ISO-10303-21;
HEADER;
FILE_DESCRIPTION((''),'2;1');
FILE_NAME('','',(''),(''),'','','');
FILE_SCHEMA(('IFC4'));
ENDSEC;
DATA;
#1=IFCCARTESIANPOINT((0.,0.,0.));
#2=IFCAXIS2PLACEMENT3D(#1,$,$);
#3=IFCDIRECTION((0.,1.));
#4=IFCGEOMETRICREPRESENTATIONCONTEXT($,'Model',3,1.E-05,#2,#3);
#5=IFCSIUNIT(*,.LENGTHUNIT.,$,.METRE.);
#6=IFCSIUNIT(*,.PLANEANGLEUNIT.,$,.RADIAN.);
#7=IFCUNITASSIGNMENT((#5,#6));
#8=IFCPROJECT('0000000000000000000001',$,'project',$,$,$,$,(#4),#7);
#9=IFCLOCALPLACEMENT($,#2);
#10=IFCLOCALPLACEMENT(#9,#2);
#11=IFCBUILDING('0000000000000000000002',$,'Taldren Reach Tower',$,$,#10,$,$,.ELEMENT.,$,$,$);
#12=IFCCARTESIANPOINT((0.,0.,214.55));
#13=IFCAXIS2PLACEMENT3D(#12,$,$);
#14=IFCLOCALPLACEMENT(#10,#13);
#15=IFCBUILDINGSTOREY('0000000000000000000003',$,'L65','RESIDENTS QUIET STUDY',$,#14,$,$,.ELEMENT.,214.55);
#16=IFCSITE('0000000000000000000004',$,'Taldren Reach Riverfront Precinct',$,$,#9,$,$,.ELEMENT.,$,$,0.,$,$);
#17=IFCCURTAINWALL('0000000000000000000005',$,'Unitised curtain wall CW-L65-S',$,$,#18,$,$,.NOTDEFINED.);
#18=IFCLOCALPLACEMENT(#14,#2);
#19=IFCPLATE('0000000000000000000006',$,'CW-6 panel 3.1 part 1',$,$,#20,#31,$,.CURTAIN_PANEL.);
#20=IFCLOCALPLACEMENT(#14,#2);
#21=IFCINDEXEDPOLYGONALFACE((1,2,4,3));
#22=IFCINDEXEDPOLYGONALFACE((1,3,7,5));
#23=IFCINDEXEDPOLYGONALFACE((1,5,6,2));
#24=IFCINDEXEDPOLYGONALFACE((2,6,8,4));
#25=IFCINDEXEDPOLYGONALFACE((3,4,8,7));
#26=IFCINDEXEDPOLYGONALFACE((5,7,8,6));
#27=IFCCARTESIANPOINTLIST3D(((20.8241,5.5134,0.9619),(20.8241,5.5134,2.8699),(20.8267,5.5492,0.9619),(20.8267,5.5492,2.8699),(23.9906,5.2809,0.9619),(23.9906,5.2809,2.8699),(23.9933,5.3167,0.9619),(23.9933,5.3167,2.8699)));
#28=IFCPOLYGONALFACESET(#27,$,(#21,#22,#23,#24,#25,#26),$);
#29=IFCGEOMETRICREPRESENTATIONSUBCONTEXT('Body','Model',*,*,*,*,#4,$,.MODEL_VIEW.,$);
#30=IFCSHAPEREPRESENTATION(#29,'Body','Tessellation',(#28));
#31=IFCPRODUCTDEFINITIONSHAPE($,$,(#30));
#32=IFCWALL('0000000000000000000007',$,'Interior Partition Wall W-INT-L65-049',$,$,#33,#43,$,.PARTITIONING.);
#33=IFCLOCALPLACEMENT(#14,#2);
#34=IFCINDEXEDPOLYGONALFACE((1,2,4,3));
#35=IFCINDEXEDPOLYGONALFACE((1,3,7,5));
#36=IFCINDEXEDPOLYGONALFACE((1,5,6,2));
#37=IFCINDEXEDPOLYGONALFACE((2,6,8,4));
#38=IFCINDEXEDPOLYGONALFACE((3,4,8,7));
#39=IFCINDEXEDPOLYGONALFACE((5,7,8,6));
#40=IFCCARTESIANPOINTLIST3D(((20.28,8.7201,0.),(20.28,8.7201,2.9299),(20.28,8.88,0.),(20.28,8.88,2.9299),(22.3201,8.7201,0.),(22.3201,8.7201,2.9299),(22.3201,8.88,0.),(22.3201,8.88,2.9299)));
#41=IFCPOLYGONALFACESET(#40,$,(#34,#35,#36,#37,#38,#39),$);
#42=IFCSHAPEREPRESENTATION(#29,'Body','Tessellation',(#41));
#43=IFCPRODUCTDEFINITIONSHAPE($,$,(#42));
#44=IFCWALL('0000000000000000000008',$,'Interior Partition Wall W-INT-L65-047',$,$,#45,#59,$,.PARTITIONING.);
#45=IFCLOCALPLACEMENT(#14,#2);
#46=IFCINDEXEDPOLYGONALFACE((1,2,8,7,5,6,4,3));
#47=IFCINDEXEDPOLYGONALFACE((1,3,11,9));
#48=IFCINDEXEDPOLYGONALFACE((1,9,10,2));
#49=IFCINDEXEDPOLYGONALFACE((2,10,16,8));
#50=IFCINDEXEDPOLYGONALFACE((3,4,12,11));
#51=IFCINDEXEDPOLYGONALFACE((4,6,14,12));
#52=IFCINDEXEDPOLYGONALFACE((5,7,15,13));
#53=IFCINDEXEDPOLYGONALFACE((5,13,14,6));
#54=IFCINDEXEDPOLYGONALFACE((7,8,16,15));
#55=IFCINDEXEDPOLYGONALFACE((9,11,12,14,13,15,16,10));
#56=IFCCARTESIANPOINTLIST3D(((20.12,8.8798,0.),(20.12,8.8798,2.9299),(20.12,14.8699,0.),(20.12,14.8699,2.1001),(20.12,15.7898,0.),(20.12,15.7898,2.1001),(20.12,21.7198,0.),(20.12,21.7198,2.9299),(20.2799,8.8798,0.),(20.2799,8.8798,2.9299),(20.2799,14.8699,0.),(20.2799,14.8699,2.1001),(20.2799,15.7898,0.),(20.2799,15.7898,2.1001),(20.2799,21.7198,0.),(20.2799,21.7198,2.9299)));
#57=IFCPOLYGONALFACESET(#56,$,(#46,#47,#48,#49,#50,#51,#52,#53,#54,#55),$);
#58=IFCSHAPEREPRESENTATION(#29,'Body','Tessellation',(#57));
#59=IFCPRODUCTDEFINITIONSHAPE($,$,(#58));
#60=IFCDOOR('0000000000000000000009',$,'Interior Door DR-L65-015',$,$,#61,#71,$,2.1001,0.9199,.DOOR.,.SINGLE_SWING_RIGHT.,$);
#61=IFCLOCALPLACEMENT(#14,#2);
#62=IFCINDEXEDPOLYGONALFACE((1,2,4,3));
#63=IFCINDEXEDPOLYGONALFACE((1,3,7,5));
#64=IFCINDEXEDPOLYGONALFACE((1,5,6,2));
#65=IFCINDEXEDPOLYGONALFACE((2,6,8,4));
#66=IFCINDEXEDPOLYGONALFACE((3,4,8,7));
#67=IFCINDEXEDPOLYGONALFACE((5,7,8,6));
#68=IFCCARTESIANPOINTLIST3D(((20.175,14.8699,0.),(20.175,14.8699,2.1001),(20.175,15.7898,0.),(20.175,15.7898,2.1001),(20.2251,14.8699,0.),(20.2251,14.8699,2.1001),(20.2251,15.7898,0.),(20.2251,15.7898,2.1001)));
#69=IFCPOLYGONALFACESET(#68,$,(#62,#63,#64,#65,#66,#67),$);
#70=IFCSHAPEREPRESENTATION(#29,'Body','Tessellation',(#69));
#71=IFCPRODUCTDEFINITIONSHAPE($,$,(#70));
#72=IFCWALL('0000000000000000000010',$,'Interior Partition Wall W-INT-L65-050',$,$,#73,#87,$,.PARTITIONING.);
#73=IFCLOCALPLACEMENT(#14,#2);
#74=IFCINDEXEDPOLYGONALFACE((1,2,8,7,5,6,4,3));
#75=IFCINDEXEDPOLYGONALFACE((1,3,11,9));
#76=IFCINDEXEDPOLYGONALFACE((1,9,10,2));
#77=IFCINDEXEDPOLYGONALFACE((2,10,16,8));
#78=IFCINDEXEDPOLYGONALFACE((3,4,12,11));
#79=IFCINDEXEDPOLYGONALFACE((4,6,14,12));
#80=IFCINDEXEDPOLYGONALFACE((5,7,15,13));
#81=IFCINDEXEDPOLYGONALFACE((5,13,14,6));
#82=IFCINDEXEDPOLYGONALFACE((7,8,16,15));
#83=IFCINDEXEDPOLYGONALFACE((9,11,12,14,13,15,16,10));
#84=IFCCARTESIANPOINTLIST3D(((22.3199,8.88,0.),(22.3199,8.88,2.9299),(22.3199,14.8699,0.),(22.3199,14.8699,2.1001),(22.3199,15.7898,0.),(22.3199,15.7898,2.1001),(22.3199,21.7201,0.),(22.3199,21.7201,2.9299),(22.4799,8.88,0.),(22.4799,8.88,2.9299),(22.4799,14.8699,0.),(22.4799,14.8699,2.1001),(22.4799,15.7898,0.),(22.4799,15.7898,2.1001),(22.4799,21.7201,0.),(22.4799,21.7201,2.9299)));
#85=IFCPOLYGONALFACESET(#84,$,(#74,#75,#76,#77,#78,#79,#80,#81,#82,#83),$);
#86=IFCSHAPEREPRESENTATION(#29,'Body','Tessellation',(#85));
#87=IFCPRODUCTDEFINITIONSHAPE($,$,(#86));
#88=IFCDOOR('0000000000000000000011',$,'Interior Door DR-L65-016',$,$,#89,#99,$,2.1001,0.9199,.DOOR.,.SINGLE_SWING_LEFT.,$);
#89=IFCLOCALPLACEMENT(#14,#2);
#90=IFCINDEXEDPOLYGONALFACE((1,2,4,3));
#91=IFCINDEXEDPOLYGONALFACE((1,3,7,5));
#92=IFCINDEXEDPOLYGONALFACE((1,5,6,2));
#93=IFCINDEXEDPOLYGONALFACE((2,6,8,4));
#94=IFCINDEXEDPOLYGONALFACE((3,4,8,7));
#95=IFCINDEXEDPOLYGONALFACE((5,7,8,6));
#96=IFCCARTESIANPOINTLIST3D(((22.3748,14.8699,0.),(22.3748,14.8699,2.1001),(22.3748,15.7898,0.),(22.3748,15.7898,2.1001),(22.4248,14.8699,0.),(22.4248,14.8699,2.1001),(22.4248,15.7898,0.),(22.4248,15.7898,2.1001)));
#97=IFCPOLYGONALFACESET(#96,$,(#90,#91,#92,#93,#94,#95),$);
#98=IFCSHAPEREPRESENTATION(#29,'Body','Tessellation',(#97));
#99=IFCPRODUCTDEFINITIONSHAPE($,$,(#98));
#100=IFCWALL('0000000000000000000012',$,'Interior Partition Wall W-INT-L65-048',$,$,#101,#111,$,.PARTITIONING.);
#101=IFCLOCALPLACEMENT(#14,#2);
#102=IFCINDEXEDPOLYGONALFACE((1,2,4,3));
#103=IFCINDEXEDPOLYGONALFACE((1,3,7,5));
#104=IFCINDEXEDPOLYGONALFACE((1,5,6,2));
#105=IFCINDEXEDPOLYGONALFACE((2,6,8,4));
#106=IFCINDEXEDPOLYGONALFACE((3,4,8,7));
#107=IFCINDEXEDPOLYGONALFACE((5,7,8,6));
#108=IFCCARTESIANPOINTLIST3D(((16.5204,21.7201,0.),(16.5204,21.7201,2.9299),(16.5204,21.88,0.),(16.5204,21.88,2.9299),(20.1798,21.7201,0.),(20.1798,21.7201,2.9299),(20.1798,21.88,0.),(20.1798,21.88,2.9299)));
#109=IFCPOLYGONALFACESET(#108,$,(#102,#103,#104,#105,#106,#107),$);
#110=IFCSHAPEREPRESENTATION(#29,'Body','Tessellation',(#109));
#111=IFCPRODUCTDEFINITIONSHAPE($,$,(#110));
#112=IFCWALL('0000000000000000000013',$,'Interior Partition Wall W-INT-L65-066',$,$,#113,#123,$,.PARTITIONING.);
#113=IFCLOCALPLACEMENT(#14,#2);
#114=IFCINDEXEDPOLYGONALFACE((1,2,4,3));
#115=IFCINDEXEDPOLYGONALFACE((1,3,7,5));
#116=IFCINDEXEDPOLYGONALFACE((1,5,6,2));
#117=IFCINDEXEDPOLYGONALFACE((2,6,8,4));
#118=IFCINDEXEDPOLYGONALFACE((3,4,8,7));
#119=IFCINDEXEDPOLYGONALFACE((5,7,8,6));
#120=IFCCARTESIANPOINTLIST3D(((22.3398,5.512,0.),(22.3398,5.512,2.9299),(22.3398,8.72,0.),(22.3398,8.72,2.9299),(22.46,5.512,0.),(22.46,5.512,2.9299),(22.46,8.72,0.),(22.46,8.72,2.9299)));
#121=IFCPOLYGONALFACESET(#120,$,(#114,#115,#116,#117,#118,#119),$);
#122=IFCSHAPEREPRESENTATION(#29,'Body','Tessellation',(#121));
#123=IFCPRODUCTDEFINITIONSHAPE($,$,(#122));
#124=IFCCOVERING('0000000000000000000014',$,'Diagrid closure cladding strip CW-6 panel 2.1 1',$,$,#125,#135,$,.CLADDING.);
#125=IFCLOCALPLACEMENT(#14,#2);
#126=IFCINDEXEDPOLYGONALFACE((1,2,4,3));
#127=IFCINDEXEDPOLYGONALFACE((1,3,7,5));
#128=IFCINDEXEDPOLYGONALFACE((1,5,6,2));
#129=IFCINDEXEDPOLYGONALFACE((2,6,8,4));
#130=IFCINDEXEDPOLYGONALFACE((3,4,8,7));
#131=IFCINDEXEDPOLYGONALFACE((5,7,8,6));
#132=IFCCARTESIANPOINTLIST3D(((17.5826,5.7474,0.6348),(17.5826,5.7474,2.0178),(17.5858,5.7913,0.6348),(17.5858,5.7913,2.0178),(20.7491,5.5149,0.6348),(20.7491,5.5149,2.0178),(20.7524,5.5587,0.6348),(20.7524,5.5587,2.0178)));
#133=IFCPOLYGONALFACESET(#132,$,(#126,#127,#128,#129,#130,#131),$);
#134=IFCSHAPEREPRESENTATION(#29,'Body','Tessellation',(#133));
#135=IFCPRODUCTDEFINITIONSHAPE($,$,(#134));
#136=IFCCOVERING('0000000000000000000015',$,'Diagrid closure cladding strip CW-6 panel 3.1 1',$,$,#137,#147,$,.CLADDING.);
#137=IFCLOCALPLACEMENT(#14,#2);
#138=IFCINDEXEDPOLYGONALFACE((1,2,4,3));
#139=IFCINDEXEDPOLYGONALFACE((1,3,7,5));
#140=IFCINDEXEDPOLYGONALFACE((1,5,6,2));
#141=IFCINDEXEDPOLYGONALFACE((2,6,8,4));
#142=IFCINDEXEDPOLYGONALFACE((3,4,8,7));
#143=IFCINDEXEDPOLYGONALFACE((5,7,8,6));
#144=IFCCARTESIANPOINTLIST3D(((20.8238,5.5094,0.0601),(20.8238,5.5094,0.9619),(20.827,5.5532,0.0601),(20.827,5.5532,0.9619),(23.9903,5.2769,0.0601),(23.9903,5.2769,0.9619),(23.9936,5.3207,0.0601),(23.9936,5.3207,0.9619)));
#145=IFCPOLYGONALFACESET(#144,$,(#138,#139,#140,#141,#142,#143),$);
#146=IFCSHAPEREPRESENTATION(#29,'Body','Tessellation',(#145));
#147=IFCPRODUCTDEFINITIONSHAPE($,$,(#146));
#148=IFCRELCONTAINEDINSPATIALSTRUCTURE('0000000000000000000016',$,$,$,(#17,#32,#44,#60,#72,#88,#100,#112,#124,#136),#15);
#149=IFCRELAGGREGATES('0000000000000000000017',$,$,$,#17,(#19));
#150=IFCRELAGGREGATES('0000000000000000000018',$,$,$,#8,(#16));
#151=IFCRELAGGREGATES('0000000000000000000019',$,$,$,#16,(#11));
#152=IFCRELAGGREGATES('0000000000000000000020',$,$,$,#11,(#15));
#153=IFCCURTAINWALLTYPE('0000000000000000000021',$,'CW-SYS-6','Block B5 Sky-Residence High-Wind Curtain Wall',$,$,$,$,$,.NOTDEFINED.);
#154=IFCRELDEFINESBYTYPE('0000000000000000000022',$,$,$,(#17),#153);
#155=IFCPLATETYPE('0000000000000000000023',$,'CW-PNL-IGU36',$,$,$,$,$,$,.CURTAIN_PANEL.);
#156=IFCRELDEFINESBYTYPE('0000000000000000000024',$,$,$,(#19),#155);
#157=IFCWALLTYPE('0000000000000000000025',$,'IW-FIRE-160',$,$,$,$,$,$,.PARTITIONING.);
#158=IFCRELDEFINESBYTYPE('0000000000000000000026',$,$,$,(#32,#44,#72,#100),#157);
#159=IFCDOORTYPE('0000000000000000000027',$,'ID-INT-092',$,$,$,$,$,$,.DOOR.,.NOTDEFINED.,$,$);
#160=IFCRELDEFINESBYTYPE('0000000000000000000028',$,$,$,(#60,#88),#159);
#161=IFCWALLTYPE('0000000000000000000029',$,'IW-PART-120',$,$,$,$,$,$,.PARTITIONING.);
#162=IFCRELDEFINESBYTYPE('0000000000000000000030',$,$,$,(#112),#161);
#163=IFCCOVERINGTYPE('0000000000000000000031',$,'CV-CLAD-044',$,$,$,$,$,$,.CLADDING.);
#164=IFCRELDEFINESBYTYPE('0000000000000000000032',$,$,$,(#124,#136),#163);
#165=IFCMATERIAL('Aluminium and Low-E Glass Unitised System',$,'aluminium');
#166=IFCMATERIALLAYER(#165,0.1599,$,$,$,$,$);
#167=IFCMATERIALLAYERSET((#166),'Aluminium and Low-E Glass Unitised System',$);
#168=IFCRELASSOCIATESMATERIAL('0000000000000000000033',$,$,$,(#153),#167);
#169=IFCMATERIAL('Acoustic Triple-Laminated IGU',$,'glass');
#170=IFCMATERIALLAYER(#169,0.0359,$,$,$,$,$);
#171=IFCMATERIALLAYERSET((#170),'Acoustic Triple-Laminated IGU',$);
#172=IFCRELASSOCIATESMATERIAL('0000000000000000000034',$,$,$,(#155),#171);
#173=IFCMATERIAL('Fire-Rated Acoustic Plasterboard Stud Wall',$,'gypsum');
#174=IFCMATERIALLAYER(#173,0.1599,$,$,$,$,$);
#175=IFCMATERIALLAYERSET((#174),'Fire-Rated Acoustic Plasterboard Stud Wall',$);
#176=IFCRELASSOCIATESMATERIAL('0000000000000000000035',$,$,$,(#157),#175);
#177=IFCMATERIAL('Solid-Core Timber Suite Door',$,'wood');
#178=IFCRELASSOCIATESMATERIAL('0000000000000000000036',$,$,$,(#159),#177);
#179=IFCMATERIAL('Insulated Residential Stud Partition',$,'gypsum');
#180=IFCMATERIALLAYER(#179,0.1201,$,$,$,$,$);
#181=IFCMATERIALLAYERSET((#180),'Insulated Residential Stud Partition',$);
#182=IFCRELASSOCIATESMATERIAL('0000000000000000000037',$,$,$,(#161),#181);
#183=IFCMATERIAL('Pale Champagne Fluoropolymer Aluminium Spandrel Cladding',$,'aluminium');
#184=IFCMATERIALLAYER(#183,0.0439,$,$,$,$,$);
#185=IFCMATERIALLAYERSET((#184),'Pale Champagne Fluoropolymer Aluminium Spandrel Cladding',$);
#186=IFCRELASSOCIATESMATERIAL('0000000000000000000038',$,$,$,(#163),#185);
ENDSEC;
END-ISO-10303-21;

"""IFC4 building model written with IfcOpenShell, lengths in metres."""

from ifc_helpers import new_model, si_unit, direction, frame, frame_2d, origin, origin_2d, place, context, subcontext, project, spatial, rectangle, extrude, source, transform, mapped, material, layer, layer_set, type_object, element, fill, aggregate, save


model = new_model("IFC4")

# Units and contexts
model_context = context("Model", 3, precision=1e-05, world=origin(), true_north=direction((0.0, 1.0)))
body_context = subcontext(model_context, "Body", "Model", "MODEL_VIEW")
ifc_project = project(units=[si_unit("LENGTHUNIT", "METRE"), si_unit("PLANEANGLEUNIT", "RADIAN")], contexts=[model_context])

# Site, building, storey
site_placement = place(None, origin())
site = spatial("IfcSite", under=ifc_project, at=site_placement, Name="Taldren Reach Riverfront Precinct", CompositionType="ELEMENT", RefElevation=0.0)
building_placement = place(site_placement, origin())
building = spatial("IfcBuilding", under=site, at=building_placement, Name="Taldren Reach Tower", CompositionType="ELEMENT")
storey_placement = place(building_placement, frame((0.0, 0.0, 214.55)))
storey = spatial("IfcBuildingStorey", under=building, at=storey_placement, Name="L65", Description="RESIDENTS QUIET STUDY", CompositionType="ELEMENT", Elevation=214.55)

# Curtain wall, plate
ifc_material_1 = material(Name="Aluminium and Low-E Glass Unitised System", Category="aluminium")
ifc_layer_1 = layer(ifc_material_1, 0.1599)
ifc_layer_set_1 = layer_set([ifc_layer_1], Name="Aluminium and Low-E Glass Unitised System")
curtain_wall_type = type_object("IfcCurtainWallType", Name="CW-SYS-6", Description="Block B5 Sky-Residence High-Wind Curtain Wall", PredefinedType="NOTDEFINED", material=ifc_layer_set_1)
curtain_wall_placement = place(storey_placement, origin())
curtain_wall = element("IfcCurtainWall", 1, at=curtain_wall_placement, inside=storey, type_object=curtain_wall_type, Name="Unitised curtain wall CW-L65-S", PredefinedType="NOTDEFINED")
ifc_material_2 = material(Name="Acoustic Triple-Laminated IGU", Category="glass")
ifc_layer_2 = layer(ifc_material_2, 0.0359)
ifc_layer_set_2 = layer_set([ifc_layer_2], Name="Acoustic Triple-Laminated IGU")
plate_type = type_object("IfcPlateType", Name="CW-PNL-IGU36", PredefinedType="CURTAIN_PANEL", material=ifc_layer_set_2)
shared_shape_1 = source(origin(), body_context, "Body", "SweptSolid", [
    extrude(rectangle(XDim=3.175, YDim=0.0359, at=origin_2d()), origin(), (0.0, 0.0, 1.0), 1.908),
])
plate_1_placement = place(storey_placement, frame((22.4087, 5.415, 0.9619), z_axis=(0.0, 0.0, 1.0), x_axis=(0.997314, -0.073238, 0.0)))
plate_1 = element("IfcPlate", 2, at=plate_1_placement, type_object=plate_type, Name="CW-6 panel 3.1 part 1", PredefinedType="CURTAIN_PANEL", context=body_context, shape_type="MappedRepresentation", body=[
    mapped(shared_shape_1, transform((0.0, 0.0, 0.0), scale=1.0)),
])
aggregate(curtain_wall, [plate_1])

# Wall
ifc_material_3 = material(Name="Fire-Rated Acoustic Plasterboard Stud Wall", Category="gypsum")
ifc_layer_3 = layer(ifc_material_3, 0.1599)
ifc_layer_set_3 = layer_set([ifc_layer_3], Name="Fire-Rated Acoustic Plasterboard Stud Wall")
wall_type_1 = type_object("IfcWallType", Name="IW-FIRE-160", PredefinedType="PARTITIONING", material=ifc_layer_set_3)
shared_shape_2 = source(origin(), body_context, "Body", "SweptSolid", [
    extrude(rectangle(XDim=2.04, YDim=0.1599, at=frame_2d((1.02, 0.0))), origin(), (0.0, 0.0, 1.0), 2.9299),
])
wall_1_placement = place(storey_placement, frame((22.3201, 8.8, 0.0), z_axis=(0.0, 0.0, 1.0), x_axis=(-1.0, 0.0, 0.0)))
element("IfcWall", 3, at=wall_1_placement, inside=storey, type_object=wall_type_1, Name="Interior Partition Wall W-INT-L65-049", PredefinedType="PARTITIONING", context=body_context, shape_type="MappedRepresentation", body=[
    mapped(shared_shape_2, transform((0.0, 0.0, 0.0), scale=1.0)),
])

# Walls, openings, doors
shared_shape_3 = source(origin(), body_context, "Body", "SweptSolid", [
    extrude(rectangle(XDim=12.8401, YDim=0.1599, at=frame_2d((6.4199, 0.0))), origin(), (0.0, 0.0, 1.0), 2.9299),
])
wall_2_placement = place(storey_placement, frame((20.2, 8.8799, 0.0), z_axis=(0.0, 0.0, 1.0), x_axis=(0.0, 1.0, 0.0)))
wall_2 = element("IfcWall", 4, at=wall_2_placement, inside=storey, type_object=wall_type_1, Name="Interior Partition Wall W-INT-L65-047", PredefinedType="PARTITIONING", context=body_context, shape_type="MappedRepresentation", body=[
    mapped(shared_shape_3, transform((0.0, 0.0, 0.0), scale=1.0)),
])
shared_shape_4 = source(origin(), body_context, "Body", "SweptSolid", [
    extrude(rectangle(XDim=0.9199, YDim=2.1001, at=frame_2d((0.46, 1.05))), frame((0.0, 0.0898, 0.0), z_axis=(0.0, -1.0, 0.0), x_axis=(1.0, 0.0, 0.0)), (0.0, 0.0, 1.0), 0.1799),
])
opening_1_placement = place(wall_2_placement, frame((5.99, 0.0, 0.0)))
opening_1 = element("IfcOpeningElement", 5, at=opening_1_placement, cuts=wall_2, PredefinedType="OPENING", context=body_context, shape_type="MappedRepresentation", body=[
    mapped(shared_shape_4, transform((0.0, 0.0, 0.0), scale=1.0)),
])
ifc_material_4 = material(Name="Solid-Core Timber Suite Door", Category="wood")
door_type = type_object("IfcDoorType", Name="ID-INT-092", OperationType="NOTDEFINED", PredefinedType="DOOR", material=ifc_material_4)
shared_shape_5 = source(origin(), body_context, "Body", "SweptSolid", [
    extrude(rectangle(XDim=0.9199, YDim=2.1001, at=frame_2d((0.46, 1.05))), frame((0.0, 0.0249, 0.0), z_axis=(0.0, -1.0, 0.0), x_axis=(1.0, 0.0, 0.0)), (0.0, 0.0, 1.0), 0.05),
])
door_1_placement = place(opening_1_placement, origin())
door_1 = element("IfcDoor", 6, at=door_1_placement, inside=storey, type_object=door_type, Name="Interior Door DR-L65-015", OperationType="SINGLE_SWING_RIGHT", OverallHeight=2.1001, OverallWidth=0.9199, PredefinedType="DOOR", context=body_context, shape_type="MappedRepresentation", body=[
    mapped(shared_shape_5, transform((0.0, 0.0, 0.0), scale=1.0)),
])
fill(opening_1, door_1)
wall_3_placement = place(storey_placement, frame((22.3999, 21.72, 0.0), z_axis=(0.0, 0.0, 1.0), x_axis=(0.0, -1.0, 0.0)))
wall_3 = element("IfcWall", 7, at=wall_3_placement, inside=storey, type_object=wall_type_1, Name="Interior Partition Wall W-INT-L65-050", PredefinedType="PARTITIONING", context=body_context, shape_type="MappedRepresentation", body=[
    mapped(shared_shape_3, transform((0.0, 0.0, 0.0), scale=1.0)),
])
opening_2_placement = place(wall_3_placement, frame((5.9302, 0.0, 0.0)))
opening_2 = element("IfcOpeningElement", 8, at=opening_2_placement, cuts=wall_3, PredefinedType="OPENING", context=body_context, shape_type="MappedRepresentation", body=[
    mapped(shared_shape_4, transform((0.0, 0.0, 0.0), scale=1.0)),
])
door_2_placement = place(opening_2_placement, origin())
door_2 = element("IfcDoor", 9, at=door_2_placement, inside=storey, type_object=door_type, Name="Interior Door DR-L65-016", OperationType="SINGLE_SWING_LEFT", OverallHeight=2.1001, OverallWidth=0.9199, PredefinedType="DOOR", context=body_context, shape_type="MappedRepresentation", body=[
    mapped(shared_shape_5, transform((0.0, 0.0, 0.0), scale=1.0)),
])
fill(opening_2, door_2)

# Walls
shared_shape_6 = source(origin(), body_context, "Body", "SweptSolid", [
    extrude(rectangle(XDim=3.6594, YDim=0.1599, at=frame_2d((1.8296, 0.0))), origin(), (0.0, 0.0, 1.0), 2.9299),
])
wall_4_placement = place(storey_placement, frame((20.1797, 21.8, 0.0), z_axis=(0.0, 0.0, 1.0), x_axis=(-1.0, 0.0, 0.0)))
element("IfcWall", 10, at=wall_4_placement, inside=storey, type_object=wall_type_1, Name="Interior Partition Wall W-INT-L65-048", PredefinedType="PARTITIONING", context=body_context, shape_type="MappedRepresentation", body=[
    mapped(shared_shape_6, transform((0.0, 0.0, 0.0), scale=1.0)),
])
ifc_material_5 = material(Name="Insulated Residential Stud Partition", Category="gypsum")
ifc_layer_4 = layer(ifc_material_5, 0.1201)
ifc_layer_set_4 = layer_set([ifc_layer_4], Name="Insulated Residential Stud Partition")
wall_type_2 = type_object("IfcWallType", Name="IW-PART-120", PredefinedType="PARTITIONING", material=ifc_layer_set_4)
shared_shape_7 = source(origin(), body_context, "Body", "SweptSolid", [
    extrude(rectangle(XDim=3.208, YDim=0.1201, at=frame_2d((1.604, 0.0))), origin(), (0.0, 0.0, 1.0), 2.9299),
])
wall_5_placement = place(storey_placement, frame((22.3999, 8.72, 0.0), z_axis=(0.0, 0.0, 1.0), x_axis=(0.0, -1.0, 0.0)))
element("IfcWall", 11, at=wall_5_placement, inside=storey, type_object=wall_type_2, Name="Interior Partition Wall W-INT-L65-066", PredefinedType="PARTITIONING", context=body_context, shape_type="MappedRepresentation", body=[
    mapped(shared_shape_7, transform((0.0, 0.0, 0.0), scale=1.0)),
])

# Coverings
ifc_material_6 = material(Name="Pale Champagne Fluoropolymer Aluminium Spandrel Cladding", Category="aluminium")
ifc_layer_5 = layer(ifc_material_6, 0.0439)
ifc_layer_set_5 = layer_set([ifc_layer_5], Name="Pale Champagne Fluoropolymer Aluminium Spandrel Cladding")
covering_type = type_object("IfcCoveringType", Name="CV-CLAD-044", PredefinedType="CLADDING", material=ifc_layer_set_5)
shared_shape_8 = source(origin(), body_context, "Body", "SweptSolid", [
    extrude(rectangle(XDim=3.175, YDim=0.0439, at=origin_2d()), origin(), (0.0, 0.0, 1.0), 1.3831),
])
covering_1_placement = place(storey_placement, frame((19.1675, 5.6531, 0.6348), z_axis=(0.0, 0.0, 1.0), x_axis=(0.997314, -0.073238, 0.0)))
element("IfcCovering", 12, at=covering_1_placement, inside=storey, type_object=covering_type, Name="Diagrid closure cladding strip CW-6 panel 2.1 1", PredefinedType="CLADDING", context=body_context, shape_type="MappedRepresentation", body=[
    mapped(shared_shape_8, transform((0.0, 0.0, 0.0), scale=1.0)),
])
shared_shape_9 = source(origin(), body_context, "Body", "SweptSolid", [
    extrude(rectangle(XDim=3.175, YDim=0.0439, at=origin_2d()), origin(), (0.0, 0.0, 1.0), 0.9019),
])
covering_2_placement = place(storey_placement, frame((22.4087, 5.415, 0.0601), z_axis=(0.0, 0.0, 1.0), x_axis=(0.997314, -0.073238, 0.0)))
element("IfcCovering", 13, at=covering_2_placement, inside=storey, type_object=covering_type, Name="Diagrid closure cladding strip CW-6 panel 3.1 1", PredefinedType="CLADDING", context=body_context, shape_type="MappedRepresentation", body=[
    mapped(shared_shape_9, transform((0.0, 0.0, 0.0), scale=1.0)),
])

save(model, "model.ifc")
